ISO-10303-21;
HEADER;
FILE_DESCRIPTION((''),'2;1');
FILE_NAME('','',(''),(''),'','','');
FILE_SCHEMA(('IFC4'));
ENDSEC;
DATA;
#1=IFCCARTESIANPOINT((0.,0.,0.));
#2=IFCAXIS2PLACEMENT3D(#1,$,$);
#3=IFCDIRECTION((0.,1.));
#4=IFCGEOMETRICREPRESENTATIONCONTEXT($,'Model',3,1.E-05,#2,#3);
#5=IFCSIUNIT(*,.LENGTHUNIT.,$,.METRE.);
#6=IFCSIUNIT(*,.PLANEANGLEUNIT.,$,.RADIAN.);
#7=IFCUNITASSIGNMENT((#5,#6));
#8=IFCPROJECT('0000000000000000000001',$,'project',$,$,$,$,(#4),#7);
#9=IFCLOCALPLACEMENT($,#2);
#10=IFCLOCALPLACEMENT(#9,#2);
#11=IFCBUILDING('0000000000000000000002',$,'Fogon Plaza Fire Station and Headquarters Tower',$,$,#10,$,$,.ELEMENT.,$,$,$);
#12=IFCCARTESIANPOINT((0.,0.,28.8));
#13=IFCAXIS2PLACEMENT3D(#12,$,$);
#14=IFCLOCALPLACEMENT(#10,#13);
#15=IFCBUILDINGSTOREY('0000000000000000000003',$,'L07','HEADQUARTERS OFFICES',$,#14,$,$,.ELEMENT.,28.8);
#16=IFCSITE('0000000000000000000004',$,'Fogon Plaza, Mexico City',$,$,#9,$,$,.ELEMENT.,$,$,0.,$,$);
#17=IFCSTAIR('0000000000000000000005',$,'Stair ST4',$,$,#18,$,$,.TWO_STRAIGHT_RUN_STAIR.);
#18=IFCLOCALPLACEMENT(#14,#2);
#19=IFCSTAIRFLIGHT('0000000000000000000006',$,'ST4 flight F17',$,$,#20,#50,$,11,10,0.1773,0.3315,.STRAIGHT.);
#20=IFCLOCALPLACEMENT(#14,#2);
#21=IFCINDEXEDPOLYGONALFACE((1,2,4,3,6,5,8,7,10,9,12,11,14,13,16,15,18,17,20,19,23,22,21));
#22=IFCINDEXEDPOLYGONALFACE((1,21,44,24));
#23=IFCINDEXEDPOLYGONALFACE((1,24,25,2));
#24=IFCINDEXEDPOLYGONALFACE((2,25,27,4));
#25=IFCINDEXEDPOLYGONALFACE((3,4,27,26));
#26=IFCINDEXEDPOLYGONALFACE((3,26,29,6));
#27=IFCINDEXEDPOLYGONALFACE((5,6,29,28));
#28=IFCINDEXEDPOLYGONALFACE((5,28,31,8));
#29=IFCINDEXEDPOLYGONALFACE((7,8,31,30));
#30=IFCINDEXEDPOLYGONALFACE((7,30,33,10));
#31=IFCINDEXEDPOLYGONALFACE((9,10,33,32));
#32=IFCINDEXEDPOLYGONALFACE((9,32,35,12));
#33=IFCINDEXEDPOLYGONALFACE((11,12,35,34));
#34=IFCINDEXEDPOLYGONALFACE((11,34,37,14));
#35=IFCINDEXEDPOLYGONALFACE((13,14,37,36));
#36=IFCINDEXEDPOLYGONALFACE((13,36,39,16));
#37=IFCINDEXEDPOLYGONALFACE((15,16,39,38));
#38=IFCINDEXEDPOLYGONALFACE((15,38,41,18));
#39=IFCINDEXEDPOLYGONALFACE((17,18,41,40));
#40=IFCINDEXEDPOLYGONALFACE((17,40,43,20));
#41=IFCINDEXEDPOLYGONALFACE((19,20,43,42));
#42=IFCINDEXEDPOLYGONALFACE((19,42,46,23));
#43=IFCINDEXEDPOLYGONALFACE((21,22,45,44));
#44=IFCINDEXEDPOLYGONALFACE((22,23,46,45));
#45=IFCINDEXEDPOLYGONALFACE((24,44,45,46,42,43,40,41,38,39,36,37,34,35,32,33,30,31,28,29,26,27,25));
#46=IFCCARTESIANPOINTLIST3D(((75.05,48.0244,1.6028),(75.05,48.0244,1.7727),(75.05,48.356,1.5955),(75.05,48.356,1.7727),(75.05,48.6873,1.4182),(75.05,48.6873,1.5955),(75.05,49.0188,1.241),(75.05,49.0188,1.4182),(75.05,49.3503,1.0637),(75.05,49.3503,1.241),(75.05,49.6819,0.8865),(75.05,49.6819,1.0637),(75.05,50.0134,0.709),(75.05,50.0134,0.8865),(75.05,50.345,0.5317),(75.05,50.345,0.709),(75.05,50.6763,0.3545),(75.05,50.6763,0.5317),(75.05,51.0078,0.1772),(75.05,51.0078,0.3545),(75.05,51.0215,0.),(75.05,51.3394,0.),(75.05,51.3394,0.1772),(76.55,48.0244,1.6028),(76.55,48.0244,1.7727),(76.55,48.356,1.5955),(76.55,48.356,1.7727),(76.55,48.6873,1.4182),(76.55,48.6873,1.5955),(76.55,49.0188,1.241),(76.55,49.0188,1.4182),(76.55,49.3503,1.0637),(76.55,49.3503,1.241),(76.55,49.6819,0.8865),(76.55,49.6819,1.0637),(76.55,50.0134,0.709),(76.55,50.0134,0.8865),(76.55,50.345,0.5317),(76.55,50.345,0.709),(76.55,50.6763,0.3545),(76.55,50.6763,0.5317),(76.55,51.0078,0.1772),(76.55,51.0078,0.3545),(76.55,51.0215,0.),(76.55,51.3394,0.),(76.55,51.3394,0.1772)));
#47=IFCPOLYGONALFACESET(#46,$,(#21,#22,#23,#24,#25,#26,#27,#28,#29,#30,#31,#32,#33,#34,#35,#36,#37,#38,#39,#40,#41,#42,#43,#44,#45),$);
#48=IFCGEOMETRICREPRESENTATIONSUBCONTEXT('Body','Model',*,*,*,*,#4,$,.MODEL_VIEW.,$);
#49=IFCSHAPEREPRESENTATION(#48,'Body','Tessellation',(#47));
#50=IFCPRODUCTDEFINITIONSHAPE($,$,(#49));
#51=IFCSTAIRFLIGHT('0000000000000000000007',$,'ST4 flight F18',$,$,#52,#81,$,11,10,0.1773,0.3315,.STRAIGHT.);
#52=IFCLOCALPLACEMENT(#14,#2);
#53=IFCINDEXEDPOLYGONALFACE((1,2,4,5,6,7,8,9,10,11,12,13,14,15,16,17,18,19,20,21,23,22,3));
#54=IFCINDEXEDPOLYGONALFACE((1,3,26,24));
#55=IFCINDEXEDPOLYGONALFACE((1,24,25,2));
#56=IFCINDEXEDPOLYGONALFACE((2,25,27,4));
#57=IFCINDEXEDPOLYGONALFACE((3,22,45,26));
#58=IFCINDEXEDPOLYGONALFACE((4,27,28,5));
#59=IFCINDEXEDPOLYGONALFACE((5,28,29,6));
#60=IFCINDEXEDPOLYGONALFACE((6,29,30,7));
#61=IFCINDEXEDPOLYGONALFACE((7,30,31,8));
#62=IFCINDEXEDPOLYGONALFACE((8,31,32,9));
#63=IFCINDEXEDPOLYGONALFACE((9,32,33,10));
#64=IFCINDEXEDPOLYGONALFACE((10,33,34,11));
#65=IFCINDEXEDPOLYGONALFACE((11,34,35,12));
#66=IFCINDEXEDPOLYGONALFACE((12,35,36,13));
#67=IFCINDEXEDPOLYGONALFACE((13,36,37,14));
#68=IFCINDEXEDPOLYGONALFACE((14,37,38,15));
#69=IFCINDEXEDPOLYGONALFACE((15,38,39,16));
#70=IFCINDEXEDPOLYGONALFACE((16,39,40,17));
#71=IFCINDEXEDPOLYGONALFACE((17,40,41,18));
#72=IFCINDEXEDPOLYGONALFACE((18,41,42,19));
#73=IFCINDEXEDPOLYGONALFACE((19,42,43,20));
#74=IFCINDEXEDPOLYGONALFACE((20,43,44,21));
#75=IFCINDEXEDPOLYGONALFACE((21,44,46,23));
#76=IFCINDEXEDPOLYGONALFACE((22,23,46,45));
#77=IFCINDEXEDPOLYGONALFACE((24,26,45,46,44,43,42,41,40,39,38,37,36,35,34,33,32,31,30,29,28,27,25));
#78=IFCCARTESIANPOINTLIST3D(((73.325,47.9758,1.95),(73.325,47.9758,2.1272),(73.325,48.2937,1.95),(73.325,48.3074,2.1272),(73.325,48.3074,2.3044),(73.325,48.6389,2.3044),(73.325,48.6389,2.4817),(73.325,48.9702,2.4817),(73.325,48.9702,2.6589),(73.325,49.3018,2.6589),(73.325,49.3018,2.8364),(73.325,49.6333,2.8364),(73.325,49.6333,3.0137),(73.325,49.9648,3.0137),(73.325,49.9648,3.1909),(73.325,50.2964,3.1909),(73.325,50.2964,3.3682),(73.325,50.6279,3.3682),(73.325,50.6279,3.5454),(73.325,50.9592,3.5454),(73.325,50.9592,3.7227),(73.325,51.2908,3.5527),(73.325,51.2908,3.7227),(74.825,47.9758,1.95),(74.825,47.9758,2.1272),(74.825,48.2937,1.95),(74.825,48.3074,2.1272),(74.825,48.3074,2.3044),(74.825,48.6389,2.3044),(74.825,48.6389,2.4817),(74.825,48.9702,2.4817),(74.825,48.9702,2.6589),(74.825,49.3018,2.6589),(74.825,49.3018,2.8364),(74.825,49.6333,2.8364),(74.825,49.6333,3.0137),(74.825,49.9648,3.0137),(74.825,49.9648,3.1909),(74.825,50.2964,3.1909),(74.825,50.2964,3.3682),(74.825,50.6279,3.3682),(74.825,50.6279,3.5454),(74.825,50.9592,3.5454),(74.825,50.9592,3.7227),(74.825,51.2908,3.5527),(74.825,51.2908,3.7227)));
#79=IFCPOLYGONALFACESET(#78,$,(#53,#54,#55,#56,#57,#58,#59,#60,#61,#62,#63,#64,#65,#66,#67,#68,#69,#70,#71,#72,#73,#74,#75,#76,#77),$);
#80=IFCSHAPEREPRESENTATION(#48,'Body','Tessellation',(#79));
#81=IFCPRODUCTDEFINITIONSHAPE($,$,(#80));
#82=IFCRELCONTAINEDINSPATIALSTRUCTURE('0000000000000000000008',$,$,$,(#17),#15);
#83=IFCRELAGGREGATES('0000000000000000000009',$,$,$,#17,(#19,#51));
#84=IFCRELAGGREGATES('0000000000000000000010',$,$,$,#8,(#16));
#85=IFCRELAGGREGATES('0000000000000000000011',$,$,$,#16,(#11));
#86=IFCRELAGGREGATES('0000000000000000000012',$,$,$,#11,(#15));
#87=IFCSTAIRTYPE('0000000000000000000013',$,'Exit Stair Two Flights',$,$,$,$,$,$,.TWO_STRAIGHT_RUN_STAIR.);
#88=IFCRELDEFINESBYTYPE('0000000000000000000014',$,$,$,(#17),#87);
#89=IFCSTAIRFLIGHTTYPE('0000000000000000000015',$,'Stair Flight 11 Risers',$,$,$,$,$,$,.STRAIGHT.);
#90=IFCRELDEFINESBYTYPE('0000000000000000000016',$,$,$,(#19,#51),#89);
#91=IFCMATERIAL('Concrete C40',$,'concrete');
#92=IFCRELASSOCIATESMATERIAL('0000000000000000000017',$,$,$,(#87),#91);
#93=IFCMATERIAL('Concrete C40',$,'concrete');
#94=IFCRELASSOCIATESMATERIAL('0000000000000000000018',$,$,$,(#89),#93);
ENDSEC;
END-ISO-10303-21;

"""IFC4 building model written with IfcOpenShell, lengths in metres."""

from ifc_helpers import new_model, si_unit, direction, frame, origin, place, context, subcontext, project, spatial, polyline, outline, extrude, material, type_object, element, aggregate, save


model = new_model("IFC4")

# Units and contexts
model_context = context("Model", 3, precision=1e-05, world=origin(), true_north=direction((0.0, 1.0)))
body_context = subcontext(model_context, "Body", "Model", "MODEL_VIEW")
ifc_project = project(units=[si_unit("LENGTHUNIT", "METRE"), si_unit("PLANEANGLEUNIT", "RADIAN")], contexts=[model_context])

# Site, building, storey
site_placement = place(None, origin())
site = spatial("IfcSite", under=ifc_project, at=site_placement, Name="Fogon Plaza, Mexico City", CompositionType="ELEMENT", RefElevation=0.0)
building_placement = place(site_placement, origin())
building = spatial("IfcBuilding", under=site, at=building_placement, Name="Fogon Plaza Fire Station and Headquarters Tower", CompositionType="ELEMENT")
storey_placement = place(building_placement, frame((0.0, 0.0, 28.8)))
storey = spatial("IfcBuildingStorey", under=building, at=storey_placement, Name="L07", Description="HEADQUARTERS OFFICES", CompositionType="ELEMENT", Elevation=28.8)

# Stair, stair flights
ifc_material_1 = material(Name="Concrete C40", Category="concrete")
stair_type = type_object("IfcStairType", Name="Exit Stair Two Flights", PredefinedType="TWO_STRAIGHT_RUN_STAIR", material=ifc_material_1)
stair_placement = place(storey_placement, origin())
stair = element("IfcStair", 1, at=stair_placement, inside=storey, type_object=stair_type, Name="Stair ST4", PredefinedType="TWO_STRAIGHT_RUN_STAIR")
ifc_material_2 = material(Name="Concrete C40", Category="concrete")
stair_flight_type = type_object("IfcStairFlightType", Name="Stair Flight 11 Risers", PredefinedType="STRAIGHT", material=ifc_material_2)
stair_flight_1_placement = place(storey_placement, frame((75.8, 51.3394, 0.0), z_axis=(0.0, 0.0, 1.0), x_axis=(0.0, -1.0, 0.0)))
stair_flight_1 = element("IfcStairFlight", 2, at=stair_flight_1_placement, type_object=stair_flight_type, Name="ST4 flight F17", NumberOfRisers=11, NumberOfTreads=10, PredefinedType="STRAIGHT", RiserHeight=0.1773, TreadLength=0.3315, context=body_context, shape_type="SweptSolid", body=[
    extrude(outline(polyline([(0.0, 0.0), (0.0, 0.1772), (0.3315, 0.1772), (0.3315, 0.3545), (0.6631, 0.3545), (0.6631, 0.5317), (0.9944, 0.5317), (0.9944, 0.709), (1.3259, 0.709), (1.3259, 0.8865), (1.6575, 0.8865), (1.6575, 1.0637), (1.989, 1.0637), (1.989, 1.241), (2.3206, 1.241), (2.3206, 1.4182), (2.6521, 1.4182), (2.6521, 1.5955), (2.9834, 1.5955), (2.9834, 1.7727), (3.3149, 1.7727), (3.3149, 1.95), (3.3149, 1.6028), (0.3179, 0.0), (0.0, 0.0)])), frame((0.0, 0.75, 0.0), z_axis=(0.0, -1.0, 0.0), x_axis=(1.0, 0.0, 0.0)), (0.0, 0.0, 1.0), 1.5),
])
stair_flight_2_placement = place(storey_placement, frame((74.075, 47.9758, 1.95), z_axis=(0.0, 0.0, 1.0), x_axis=(0.0, 1.0, 0.0)))
stair_flight_2 = element("IfcStairFlight", 3, at=stair_flight_2_placement, type_object=stair_flight_type, Name="ST4 flight F18", NumberOfRisers=11, NumberOfTreads=10, PredefinedType="STRAIGHT", RiserHeight=0.1773, TreadLength=0.3315, context=body_context, shape_type="SweptSolid", body=[
    extrude(outline(polyline([(0.0, 0.0), (0.0, 0.1772), (0.3315, 0.1772), (0.3315, 0.3545), (0.6631, 0.3545), (0.6631, 0.5317), (0.9944, 0.5317), (0.9944, 0.709), (1.3259, 0.709), (1.3259, 0.8865), (1.6575, 0.8865), (1.6575, 1.0637), (1.989, 1.0637), (1.989, 1.241), (2.3206, 1.241), (2.3206, 1.4182), (2.6521, 1.4182), (2.6521, 1.5955), (2.9834, 1.5955), (2.9834, 1.7727), (3.3149, 1.7727), (3.3149, 1.95), (3.3149, 1.6028), (0.3179, 0.0), (0.0, 0.0)])), frame((0.0, 0.75, 0.0), z_axis=(0.0, -1.0, 0.0), x_axis=(1.0, 0.0, 0.0)), (0.0, 0.0, 1.0), 1.5),
])
aggregate(stair, [stair_flight_1, stair_flight_2])

save(model, "model.ifc")
